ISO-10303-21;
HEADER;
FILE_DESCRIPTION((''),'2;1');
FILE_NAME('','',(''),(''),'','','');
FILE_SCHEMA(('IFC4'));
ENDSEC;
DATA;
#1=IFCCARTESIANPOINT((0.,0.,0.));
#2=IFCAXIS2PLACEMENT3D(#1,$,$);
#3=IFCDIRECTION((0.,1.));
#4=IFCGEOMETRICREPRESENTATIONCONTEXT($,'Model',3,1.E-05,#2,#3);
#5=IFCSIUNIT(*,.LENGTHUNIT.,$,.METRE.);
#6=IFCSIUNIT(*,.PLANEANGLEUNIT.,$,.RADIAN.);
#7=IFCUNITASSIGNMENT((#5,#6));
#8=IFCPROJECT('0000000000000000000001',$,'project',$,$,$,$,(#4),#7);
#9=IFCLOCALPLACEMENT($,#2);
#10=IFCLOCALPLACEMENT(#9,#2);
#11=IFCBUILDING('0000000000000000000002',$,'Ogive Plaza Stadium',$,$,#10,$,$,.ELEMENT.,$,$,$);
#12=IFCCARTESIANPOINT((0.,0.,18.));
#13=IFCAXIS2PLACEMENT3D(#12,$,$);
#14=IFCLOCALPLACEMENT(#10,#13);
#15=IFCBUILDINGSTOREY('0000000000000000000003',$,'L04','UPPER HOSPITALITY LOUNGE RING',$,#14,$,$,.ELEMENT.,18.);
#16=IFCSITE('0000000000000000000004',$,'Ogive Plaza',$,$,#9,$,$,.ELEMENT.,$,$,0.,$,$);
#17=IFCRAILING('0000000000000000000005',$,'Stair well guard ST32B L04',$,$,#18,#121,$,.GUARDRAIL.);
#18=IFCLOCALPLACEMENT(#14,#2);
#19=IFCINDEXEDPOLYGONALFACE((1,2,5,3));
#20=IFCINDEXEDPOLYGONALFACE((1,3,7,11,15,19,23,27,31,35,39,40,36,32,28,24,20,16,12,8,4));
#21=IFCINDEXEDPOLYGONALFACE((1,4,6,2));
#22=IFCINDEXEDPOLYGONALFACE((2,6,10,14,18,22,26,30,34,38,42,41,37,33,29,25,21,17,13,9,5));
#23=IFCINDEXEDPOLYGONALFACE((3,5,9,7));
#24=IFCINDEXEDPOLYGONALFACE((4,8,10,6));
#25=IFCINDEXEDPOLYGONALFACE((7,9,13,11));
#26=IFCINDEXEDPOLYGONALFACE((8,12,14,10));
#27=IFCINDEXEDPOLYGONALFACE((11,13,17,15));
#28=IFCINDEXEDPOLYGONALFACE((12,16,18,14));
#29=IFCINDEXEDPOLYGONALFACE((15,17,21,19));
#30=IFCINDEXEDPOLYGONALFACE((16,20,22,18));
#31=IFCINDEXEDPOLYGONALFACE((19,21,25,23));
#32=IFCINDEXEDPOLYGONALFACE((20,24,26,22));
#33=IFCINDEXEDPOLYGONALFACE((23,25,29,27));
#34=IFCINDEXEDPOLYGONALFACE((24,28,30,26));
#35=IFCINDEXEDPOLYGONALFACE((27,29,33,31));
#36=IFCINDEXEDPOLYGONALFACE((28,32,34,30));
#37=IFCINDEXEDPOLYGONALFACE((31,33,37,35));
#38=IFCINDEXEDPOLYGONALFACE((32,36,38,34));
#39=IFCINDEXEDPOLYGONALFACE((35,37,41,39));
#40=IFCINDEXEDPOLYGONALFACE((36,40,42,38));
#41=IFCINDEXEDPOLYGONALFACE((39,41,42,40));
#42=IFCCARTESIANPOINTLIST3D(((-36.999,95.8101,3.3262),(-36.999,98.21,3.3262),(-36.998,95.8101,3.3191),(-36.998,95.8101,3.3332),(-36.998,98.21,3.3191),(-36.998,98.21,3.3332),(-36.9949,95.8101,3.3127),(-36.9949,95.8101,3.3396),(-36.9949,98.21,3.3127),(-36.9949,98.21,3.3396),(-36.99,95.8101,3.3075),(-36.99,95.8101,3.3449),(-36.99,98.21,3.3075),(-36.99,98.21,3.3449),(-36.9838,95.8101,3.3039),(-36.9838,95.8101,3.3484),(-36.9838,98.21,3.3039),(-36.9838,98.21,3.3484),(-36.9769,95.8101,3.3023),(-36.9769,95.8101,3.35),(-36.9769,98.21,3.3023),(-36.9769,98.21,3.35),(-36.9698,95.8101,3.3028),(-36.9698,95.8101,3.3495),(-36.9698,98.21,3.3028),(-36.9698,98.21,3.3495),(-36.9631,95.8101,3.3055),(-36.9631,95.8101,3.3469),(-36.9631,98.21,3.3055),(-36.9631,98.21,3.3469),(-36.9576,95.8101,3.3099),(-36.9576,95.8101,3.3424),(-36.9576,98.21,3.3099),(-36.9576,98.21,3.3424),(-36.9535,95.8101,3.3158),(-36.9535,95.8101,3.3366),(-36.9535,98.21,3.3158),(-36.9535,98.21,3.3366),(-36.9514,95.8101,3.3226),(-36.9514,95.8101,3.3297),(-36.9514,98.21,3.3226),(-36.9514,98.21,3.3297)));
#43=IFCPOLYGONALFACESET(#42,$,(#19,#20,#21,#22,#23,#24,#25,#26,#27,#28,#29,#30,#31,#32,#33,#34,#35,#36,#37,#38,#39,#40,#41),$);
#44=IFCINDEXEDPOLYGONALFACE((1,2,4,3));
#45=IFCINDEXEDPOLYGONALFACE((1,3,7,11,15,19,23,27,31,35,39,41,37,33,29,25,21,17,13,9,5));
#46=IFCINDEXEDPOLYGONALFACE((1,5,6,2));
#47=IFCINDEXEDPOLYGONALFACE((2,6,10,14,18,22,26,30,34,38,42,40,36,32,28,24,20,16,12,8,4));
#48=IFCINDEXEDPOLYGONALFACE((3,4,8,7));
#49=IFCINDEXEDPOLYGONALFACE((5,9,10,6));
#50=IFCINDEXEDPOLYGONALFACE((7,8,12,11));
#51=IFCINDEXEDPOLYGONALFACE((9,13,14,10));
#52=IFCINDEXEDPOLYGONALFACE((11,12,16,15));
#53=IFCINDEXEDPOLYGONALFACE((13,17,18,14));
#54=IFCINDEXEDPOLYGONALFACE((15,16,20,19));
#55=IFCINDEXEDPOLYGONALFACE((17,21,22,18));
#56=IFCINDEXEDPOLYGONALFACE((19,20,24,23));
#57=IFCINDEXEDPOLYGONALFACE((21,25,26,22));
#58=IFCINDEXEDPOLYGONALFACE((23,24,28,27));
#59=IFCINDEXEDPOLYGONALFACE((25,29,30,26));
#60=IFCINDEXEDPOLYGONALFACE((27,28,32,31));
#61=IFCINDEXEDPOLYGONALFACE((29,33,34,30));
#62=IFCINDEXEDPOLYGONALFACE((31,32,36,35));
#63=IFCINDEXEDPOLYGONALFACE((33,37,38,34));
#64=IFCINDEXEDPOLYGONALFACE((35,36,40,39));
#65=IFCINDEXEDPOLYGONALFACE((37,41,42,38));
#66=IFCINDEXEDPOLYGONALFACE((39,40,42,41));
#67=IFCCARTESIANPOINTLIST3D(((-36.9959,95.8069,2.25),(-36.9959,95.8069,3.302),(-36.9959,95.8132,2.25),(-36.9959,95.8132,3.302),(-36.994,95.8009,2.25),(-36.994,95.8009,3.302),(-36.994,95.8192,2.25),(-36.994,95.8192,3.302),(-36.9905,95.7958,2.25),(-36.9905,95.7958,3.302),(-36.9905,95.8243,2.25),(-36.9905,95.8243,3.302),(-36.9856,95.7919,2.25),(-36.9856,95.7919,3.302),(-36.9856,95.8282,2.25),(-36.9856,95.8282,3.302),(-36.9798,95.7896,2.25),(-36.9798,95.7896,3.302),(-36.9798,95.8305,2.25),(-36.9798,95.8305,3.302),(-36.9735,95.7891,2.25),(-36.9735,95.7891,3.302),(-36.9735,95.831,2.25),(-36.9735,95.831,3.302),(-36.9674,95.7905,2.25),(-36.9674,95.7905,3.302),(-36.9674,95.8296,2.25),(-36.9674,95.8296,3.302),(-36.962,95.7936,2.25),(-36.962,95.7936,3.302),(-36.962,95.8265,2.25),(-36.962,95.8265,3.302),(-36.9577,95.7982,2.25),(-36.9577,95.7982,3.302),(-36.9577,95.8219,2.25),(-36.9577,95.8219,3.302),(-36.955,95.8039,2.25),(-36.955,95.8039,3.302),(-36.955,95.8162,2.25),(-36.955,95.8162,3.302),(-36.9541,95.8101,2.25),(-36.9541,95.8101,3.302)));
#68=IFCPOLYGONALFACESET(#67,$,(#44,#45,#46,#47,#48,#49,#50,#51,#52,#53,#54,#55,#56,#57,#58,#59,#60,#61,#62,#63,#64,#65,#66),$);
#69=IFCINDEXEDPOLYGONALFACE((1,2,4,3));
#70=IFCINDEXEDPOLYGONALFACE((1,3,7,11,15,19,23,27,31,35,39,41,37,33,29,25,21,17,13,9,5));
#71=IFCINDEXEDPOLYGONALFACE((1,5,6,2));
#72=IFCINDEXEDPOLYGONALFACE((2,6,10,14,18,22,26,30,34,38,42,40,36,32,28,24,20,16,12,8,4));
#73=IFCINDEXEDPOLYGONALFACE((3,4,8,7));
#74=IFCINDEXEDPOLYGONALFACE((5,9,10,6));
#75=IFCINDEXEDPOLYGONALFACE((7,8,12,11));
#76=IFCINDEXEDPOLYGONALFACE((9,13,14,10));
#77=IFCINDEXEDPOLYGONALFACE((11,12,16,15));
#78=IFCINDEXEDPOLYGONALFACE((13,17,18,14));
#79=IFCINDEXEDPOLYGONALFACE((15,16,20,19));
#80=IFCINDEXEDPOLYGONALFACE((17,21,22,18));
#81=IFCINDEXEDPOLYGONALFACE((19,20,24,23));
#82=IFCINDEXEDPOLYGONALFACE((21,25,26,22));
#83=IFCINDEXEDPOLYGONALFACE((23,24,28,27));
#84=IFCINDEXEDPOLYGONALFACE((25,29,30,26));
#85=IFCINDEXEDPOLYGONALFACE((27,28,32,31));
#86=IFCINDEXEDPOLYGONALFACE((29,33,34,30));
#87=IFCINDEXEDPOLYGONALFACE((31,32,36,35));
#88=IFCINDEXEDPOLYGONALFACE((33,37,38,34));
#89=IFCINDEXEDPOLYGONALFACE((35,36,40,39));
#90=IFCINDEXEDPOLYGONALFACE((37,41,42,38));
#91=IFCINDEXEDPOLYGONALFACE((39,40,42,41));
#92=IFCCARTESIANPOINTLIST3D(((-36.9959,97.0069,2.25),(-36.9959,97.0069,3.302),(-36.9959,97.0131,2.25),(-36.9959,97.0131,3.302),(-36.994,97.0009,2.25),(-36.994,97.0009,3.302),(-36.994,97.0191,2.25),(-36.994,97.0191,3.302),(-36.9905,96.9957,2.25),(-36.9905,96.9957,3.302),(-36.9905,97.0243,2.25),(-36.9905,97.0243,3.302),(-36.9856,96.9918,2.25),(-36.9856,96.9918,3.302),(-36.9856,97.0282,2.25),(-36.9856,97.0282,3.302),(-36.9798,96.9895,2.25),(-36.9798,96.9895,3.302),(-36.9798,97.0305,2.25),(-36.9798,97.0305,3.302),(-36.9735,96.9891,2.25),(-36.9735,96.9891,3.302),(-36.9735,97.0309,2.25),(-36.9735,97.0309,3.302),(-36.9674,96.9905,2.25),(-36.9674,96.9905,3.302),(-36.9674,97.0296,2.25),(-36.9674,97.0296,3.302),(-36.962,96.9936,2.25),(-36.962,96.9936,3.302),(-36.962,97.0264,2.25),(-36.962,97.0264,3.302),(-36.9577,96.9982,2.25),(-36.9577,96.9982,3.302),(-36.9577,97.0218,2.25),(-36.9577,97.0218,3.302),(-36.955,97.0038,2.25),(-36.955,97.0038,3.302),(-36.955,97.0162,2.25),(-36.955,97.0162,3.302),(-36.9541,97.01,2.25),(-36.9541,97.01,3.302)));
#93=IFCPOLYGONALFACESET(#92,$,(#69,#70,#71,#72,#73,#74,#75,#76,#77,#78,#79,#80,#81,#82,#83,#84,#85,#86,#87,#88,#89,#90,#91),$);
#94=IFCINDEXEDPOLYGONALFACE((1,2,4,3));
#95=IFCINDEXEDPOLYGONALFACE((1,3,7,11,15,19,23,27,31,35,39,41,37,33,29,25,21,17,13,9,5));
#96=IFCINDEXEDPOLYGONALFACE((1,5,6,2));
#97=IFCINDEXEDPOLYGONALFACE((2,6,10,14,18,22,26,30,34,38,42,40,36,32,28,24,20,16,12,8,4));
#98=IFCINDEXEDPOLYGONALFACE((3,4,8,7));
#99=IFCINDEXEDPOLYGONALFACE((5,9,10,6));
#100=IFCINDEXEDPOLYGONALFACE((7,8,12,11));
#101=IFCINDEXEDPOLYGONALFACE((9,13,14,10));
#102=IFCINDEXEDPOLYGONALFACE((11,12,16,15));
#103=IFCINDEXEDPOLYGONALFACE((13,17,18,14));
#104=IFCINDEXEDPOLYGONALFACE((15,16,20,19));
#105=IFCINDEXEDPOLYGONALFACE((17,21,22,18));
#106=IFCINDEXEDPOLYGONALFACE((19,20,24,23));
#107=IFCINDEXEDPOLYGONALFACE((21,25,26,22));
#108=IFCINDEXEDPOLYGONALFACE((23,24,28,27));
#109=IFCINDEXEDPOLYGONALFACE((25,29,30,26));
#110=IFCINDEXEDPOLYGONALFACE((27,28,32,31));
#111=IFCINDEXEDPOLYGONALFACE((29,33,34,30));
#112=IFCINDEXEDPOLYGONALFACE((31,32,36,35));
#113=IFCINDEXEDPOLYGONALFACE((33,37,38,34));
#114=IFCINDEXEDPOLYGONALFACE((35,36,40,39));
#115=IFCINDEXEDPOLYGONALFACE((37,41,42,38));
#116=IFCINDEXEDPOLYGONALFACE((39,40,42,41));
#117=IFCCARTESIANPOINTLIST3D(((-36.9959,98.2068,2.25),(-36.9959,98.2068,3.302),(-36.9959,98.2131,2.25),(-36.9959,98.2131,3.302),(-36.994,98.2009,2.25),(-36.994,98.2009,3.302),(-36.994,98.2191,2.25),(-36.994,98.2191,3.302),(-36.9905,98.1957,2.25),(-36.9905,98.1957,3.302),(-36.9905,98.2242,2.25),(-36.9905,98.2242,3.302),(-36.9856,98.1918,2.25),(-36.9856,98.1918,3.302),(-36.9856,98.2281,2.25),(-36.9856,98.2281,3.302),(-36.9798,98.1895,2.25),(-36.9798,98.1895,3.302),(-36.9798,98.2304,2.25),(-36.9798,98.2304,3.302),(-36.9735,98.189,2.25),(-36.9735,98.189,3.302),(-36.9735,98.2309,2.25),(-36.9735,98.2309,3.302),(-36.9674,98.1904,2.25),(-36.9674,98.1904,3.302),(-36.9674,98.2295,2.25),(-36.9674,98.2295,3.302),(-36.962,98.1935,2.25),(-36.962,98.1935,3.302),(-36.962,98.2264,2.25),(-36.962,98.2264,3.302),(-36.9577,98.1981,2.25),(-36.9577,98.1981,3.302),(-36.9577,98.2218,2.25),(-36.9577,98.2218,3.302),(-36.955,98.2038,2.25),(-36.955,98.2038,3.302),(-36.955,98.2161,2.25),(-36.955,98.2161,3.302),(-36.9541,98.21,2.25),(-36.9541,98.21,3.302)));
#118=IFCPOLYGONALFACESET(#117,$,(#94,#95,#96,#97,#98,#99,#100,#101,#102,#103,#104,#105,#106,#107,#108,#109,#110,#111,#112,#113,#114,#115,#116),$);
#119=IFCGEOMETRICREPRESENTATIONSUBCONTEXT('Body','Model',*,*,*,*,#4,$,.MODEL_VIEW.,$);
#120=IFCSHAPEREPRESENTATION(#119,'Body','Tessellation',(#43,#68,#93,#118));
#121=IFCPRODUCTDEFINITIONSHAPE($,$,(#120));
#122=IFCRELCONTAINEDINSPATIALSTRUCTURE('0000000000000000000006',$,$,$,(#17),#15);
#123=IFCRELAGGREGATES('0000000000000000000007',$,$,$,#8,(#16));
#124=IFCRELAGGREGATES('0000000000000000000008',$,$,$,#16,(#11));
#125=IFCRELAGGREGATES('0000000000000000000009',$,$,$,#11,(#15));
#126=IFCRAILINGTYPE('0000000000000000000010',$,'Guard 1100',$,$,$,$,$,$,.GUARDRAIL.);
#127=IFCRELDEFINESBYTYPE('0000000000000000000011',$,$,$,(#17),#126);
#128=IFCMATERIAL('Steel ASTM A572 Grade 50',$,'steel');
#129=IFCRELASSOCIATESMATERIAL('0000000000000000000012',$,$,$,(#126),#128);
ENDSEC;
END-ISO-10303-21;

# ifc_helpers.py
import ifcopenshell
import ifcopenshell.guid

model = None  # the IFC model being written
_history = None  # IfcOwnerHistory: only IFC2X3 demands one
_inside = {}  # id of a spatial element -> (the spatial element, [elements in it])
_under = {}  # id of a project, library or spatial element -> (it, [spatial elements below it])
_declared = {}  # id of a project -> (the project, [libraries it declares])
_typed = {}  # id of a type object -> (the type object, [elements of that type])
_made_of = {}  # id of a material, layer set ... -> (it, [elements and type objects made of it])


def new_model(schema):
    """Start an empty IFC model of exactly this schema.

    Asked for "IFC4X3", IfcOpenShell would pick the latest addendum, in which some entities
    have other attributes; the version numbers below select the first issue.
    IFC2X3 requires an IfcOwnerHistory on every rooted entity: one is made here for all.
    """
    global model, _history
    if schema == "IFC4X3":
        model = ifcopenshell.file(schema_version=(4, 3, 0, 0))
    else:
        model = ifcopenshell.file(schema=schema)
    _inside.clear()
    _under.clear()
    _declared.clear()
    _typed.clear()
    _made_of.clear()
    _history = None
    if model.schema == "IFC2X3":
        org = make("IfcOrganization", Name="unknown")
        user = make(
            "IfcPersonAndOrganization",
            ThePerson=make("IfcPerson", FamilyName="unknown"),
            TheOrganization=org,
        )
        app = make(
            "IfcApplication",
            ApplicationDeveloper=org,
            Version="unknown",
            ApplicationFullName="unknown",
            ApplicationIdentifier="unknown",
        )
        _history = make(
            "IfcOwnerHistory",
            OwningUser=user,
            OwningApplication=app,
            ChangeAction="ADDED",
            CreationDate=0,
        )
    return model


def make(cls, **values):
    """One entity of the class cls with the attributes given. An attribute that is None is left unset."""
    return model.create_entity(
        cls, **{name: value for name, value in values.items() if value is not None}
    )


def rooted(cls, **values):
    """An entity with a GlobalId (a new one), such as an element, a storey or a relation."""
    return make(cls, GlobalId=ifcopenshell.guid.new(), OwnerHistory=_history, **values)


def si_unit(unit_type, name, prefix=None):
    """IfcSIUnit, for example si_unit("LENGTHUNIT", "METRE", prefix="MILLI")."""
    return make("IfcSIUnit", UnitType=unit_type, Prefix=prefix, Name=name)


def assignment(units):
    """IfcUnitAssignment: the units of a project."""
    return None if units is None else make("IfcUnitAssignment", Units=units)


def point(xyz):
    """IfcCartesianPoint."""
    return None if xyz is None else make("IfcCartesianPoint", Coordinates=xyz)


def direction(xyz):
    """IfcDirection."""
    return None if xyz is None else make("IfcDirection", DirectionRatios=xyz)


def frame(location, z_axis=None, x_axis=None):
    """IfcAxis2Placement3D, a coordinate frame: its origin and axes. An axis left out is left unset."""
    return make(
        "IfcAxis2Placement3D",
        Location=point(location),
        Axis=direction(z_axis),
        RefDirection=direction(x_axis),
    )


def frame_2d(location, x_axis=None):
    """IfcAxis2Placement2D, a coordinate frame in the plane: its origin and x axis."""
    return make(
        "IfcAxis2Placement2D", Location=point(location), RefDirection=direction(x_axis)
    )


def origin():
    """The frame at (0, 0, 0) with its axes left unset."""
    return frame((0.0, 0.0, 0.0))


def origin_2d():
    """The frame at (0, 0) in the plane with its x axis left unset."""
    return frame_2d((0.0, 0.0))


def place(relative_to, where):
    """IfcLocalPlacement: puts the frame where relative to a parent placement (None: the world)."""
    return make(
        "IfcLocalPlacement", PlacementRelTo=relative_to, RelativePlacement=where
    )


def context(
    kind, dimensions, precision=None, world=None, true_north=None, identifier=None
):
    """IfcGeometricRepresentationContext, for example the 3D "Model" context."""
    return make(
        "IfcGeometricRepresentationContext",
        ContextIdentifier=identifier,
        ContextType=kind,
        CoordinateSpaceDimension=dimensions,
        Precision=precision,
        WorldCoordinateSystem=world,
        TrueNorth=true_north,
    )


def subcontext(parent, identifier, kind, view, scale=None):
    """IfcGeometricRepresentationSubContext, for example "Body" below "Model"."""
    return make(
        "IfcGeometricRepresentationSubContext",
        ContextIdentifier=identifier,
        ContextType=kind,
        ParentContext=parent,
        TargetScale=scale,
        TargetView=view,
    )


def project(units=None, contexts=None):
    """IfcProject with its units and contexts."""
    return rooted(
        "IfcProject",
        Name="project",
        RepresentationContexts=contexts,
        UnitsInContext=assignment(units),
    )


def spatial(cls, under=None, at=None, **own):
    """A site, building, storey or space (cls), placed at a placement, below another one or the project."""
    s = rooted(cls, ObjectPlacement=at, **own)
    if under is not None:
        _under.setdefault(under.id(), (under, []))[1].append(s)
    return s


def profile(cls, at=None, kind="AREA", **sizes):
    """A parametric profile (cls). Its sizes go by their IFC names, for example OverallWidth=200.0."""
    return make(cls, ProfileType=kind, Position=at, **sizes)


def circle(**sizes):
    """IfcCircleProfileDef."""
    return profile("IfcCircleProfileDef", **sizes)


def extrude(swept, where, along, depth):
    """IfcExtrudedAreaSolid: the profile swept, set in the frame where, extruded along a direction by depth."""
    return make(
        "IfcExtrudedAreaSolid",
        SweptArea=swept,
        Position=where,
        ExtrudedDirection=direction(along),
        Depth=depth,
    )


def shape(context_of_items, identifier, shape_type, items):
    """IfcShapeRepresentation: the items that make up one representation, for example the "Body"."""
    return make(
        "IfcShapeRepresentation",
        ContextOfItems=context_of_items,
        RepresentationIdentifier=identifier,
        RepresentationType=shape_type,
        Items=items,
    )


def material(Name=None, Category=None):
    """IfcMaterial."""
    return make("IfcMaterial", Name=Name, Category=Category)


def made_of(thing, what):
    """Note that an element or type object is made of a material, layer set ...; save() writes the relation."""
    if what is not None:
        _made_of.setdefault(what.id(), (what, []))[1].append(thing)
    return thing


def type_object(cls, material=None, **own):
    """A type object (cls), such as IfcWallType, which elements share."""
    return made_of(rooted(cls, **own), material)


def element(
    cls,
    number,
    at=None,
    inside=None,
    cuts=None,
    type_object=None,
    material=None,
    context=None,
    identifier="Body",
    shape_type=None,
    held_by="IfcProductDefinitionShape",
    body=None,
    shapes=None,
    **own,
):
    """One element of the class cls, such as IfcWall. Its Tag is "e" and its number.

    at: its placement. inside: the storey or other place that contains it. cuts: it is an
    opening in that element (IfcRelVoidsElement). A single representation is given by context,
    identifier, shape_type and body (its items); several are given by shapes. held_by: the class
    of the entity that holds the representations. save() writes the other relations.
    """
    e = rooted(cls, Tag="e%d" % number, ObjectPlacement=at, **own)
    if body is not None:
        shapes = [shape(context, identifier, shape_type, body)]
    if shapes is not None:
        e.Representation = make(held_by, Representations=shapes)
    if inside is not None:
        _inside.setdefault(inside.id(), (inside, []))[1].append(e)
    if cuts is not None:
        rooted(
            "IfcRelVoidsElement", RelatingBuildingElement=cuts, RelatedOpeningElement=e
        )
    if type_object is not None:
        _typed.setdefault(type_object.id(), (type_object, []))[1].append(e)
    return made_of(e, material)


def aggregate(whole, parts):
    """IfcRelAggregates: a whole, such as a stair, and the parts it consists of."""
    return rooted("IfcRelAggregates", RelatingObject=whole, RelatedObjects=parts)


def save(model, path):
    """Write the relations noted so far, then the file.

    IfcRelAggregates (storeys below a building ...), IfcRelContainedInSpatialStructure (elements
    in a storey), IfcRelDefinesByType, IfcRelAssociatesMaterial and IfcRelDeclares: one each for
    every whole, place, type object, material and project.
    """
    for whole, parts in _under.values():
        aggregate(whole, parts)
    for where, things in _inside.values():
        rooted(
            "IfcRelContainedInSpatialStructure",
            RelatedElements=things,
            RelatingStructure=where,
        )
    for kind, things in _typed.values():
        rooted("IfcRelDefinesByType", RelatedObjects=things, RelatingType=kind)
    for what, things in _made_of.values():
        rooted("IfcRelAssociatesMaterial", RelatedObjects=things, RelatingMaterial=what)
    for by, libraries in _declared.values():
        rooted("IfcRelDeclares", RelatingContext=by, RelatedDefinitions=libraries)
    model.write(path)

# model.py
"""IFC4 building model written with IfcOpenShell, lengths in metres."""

from ifc_helpers import new_model, si_unit, direction, frame, origin, origin_2d, place, context, subcontext, project, spatial, circle, extrude, material, type_object, element, save


model = new_model("IFC4")

# Units and contexts
model_context = context("Model", 3, precision=1e-05, world=origin(), true_north=direction((0.0, 1.0)))
body_context = subcontext(model_context, "Body", "Model", "MODEL_VIEW")
ifc_project = project(units=[si_unit("LENGTHUNIT", "METRE"), si_unit("PLANEANGLEUNIT", "RADIAN")], contexts=[model_context])

# Site, building, storey
site_placement = place(None, origin())
site = spatial("IfcSite", under=ifc_project, at=site_placement, Name="Ogive Plaza", CompositionType="ELEMENT", RefElevation=0.0)
building_placement = place(site_placement, origin())
building = spatial("IfcBuilding", under=site, at=building_placement, Name="Ogive Plaza Stadium", CompositionType="ELEMENT")
storey_placement = place(building_placement, frame((0.0, 0.0, 18.0)))
storey = spatial("IfcBuildingStorey", under=building, at=storey_placement, Name="L04", Description="UPPER HOSPITALITY LOUNGE RING", CompositionType="ELEMENT", Elevation=18.0)

# Railing
ifc_material_1 = material(Name="Steel ASTM A572 Grade 50", Category="steel")
railing_type_1 = type_object("IfcRailingType", Name="Guard 1100", PredefinedType="GUARDRAIL", material=ifc_material_1)
for number, where, name in (
    (1, (-36.9751, 95.8101, 2.25), "Stair well guard ST32B L04"),
):
    element("IfcRailing", number, at=place(storey_placement, frame(where)), inside=storey, type_object=railing_type_1, Name=name, PredefinedType="GUARDRAIL", context=body_context, shape_type="SweptSolid", body=[
        extrude(circle(Radius=0.0239, at=origin_2d()), frame((0.0, 0.0, 1.0762), z_axis=(0.0, 1.0, 0.0), x_axis=(-1.0, 0.0, 0.0)), (0.0, 0.0, 1.0), 2.3999),
        extrude(circle(Radius=0.021, at=origin_2d()), origin(), (0.0, 0.0, 1.0), 1.052),
        extrude(circle(Radius=0.021, at=origin_2d()), frame((0.0, 1.2, 0.0)), (0.0, 0.0, 1.0), 1.052),
        extrude(circle(Radius=0.021, at=origin_2d()), frame((0.0, 2.3999, 0.0)), (0.0, 0.0, 1.0), 1.052),
    ])

save(model, "model.ifc")
